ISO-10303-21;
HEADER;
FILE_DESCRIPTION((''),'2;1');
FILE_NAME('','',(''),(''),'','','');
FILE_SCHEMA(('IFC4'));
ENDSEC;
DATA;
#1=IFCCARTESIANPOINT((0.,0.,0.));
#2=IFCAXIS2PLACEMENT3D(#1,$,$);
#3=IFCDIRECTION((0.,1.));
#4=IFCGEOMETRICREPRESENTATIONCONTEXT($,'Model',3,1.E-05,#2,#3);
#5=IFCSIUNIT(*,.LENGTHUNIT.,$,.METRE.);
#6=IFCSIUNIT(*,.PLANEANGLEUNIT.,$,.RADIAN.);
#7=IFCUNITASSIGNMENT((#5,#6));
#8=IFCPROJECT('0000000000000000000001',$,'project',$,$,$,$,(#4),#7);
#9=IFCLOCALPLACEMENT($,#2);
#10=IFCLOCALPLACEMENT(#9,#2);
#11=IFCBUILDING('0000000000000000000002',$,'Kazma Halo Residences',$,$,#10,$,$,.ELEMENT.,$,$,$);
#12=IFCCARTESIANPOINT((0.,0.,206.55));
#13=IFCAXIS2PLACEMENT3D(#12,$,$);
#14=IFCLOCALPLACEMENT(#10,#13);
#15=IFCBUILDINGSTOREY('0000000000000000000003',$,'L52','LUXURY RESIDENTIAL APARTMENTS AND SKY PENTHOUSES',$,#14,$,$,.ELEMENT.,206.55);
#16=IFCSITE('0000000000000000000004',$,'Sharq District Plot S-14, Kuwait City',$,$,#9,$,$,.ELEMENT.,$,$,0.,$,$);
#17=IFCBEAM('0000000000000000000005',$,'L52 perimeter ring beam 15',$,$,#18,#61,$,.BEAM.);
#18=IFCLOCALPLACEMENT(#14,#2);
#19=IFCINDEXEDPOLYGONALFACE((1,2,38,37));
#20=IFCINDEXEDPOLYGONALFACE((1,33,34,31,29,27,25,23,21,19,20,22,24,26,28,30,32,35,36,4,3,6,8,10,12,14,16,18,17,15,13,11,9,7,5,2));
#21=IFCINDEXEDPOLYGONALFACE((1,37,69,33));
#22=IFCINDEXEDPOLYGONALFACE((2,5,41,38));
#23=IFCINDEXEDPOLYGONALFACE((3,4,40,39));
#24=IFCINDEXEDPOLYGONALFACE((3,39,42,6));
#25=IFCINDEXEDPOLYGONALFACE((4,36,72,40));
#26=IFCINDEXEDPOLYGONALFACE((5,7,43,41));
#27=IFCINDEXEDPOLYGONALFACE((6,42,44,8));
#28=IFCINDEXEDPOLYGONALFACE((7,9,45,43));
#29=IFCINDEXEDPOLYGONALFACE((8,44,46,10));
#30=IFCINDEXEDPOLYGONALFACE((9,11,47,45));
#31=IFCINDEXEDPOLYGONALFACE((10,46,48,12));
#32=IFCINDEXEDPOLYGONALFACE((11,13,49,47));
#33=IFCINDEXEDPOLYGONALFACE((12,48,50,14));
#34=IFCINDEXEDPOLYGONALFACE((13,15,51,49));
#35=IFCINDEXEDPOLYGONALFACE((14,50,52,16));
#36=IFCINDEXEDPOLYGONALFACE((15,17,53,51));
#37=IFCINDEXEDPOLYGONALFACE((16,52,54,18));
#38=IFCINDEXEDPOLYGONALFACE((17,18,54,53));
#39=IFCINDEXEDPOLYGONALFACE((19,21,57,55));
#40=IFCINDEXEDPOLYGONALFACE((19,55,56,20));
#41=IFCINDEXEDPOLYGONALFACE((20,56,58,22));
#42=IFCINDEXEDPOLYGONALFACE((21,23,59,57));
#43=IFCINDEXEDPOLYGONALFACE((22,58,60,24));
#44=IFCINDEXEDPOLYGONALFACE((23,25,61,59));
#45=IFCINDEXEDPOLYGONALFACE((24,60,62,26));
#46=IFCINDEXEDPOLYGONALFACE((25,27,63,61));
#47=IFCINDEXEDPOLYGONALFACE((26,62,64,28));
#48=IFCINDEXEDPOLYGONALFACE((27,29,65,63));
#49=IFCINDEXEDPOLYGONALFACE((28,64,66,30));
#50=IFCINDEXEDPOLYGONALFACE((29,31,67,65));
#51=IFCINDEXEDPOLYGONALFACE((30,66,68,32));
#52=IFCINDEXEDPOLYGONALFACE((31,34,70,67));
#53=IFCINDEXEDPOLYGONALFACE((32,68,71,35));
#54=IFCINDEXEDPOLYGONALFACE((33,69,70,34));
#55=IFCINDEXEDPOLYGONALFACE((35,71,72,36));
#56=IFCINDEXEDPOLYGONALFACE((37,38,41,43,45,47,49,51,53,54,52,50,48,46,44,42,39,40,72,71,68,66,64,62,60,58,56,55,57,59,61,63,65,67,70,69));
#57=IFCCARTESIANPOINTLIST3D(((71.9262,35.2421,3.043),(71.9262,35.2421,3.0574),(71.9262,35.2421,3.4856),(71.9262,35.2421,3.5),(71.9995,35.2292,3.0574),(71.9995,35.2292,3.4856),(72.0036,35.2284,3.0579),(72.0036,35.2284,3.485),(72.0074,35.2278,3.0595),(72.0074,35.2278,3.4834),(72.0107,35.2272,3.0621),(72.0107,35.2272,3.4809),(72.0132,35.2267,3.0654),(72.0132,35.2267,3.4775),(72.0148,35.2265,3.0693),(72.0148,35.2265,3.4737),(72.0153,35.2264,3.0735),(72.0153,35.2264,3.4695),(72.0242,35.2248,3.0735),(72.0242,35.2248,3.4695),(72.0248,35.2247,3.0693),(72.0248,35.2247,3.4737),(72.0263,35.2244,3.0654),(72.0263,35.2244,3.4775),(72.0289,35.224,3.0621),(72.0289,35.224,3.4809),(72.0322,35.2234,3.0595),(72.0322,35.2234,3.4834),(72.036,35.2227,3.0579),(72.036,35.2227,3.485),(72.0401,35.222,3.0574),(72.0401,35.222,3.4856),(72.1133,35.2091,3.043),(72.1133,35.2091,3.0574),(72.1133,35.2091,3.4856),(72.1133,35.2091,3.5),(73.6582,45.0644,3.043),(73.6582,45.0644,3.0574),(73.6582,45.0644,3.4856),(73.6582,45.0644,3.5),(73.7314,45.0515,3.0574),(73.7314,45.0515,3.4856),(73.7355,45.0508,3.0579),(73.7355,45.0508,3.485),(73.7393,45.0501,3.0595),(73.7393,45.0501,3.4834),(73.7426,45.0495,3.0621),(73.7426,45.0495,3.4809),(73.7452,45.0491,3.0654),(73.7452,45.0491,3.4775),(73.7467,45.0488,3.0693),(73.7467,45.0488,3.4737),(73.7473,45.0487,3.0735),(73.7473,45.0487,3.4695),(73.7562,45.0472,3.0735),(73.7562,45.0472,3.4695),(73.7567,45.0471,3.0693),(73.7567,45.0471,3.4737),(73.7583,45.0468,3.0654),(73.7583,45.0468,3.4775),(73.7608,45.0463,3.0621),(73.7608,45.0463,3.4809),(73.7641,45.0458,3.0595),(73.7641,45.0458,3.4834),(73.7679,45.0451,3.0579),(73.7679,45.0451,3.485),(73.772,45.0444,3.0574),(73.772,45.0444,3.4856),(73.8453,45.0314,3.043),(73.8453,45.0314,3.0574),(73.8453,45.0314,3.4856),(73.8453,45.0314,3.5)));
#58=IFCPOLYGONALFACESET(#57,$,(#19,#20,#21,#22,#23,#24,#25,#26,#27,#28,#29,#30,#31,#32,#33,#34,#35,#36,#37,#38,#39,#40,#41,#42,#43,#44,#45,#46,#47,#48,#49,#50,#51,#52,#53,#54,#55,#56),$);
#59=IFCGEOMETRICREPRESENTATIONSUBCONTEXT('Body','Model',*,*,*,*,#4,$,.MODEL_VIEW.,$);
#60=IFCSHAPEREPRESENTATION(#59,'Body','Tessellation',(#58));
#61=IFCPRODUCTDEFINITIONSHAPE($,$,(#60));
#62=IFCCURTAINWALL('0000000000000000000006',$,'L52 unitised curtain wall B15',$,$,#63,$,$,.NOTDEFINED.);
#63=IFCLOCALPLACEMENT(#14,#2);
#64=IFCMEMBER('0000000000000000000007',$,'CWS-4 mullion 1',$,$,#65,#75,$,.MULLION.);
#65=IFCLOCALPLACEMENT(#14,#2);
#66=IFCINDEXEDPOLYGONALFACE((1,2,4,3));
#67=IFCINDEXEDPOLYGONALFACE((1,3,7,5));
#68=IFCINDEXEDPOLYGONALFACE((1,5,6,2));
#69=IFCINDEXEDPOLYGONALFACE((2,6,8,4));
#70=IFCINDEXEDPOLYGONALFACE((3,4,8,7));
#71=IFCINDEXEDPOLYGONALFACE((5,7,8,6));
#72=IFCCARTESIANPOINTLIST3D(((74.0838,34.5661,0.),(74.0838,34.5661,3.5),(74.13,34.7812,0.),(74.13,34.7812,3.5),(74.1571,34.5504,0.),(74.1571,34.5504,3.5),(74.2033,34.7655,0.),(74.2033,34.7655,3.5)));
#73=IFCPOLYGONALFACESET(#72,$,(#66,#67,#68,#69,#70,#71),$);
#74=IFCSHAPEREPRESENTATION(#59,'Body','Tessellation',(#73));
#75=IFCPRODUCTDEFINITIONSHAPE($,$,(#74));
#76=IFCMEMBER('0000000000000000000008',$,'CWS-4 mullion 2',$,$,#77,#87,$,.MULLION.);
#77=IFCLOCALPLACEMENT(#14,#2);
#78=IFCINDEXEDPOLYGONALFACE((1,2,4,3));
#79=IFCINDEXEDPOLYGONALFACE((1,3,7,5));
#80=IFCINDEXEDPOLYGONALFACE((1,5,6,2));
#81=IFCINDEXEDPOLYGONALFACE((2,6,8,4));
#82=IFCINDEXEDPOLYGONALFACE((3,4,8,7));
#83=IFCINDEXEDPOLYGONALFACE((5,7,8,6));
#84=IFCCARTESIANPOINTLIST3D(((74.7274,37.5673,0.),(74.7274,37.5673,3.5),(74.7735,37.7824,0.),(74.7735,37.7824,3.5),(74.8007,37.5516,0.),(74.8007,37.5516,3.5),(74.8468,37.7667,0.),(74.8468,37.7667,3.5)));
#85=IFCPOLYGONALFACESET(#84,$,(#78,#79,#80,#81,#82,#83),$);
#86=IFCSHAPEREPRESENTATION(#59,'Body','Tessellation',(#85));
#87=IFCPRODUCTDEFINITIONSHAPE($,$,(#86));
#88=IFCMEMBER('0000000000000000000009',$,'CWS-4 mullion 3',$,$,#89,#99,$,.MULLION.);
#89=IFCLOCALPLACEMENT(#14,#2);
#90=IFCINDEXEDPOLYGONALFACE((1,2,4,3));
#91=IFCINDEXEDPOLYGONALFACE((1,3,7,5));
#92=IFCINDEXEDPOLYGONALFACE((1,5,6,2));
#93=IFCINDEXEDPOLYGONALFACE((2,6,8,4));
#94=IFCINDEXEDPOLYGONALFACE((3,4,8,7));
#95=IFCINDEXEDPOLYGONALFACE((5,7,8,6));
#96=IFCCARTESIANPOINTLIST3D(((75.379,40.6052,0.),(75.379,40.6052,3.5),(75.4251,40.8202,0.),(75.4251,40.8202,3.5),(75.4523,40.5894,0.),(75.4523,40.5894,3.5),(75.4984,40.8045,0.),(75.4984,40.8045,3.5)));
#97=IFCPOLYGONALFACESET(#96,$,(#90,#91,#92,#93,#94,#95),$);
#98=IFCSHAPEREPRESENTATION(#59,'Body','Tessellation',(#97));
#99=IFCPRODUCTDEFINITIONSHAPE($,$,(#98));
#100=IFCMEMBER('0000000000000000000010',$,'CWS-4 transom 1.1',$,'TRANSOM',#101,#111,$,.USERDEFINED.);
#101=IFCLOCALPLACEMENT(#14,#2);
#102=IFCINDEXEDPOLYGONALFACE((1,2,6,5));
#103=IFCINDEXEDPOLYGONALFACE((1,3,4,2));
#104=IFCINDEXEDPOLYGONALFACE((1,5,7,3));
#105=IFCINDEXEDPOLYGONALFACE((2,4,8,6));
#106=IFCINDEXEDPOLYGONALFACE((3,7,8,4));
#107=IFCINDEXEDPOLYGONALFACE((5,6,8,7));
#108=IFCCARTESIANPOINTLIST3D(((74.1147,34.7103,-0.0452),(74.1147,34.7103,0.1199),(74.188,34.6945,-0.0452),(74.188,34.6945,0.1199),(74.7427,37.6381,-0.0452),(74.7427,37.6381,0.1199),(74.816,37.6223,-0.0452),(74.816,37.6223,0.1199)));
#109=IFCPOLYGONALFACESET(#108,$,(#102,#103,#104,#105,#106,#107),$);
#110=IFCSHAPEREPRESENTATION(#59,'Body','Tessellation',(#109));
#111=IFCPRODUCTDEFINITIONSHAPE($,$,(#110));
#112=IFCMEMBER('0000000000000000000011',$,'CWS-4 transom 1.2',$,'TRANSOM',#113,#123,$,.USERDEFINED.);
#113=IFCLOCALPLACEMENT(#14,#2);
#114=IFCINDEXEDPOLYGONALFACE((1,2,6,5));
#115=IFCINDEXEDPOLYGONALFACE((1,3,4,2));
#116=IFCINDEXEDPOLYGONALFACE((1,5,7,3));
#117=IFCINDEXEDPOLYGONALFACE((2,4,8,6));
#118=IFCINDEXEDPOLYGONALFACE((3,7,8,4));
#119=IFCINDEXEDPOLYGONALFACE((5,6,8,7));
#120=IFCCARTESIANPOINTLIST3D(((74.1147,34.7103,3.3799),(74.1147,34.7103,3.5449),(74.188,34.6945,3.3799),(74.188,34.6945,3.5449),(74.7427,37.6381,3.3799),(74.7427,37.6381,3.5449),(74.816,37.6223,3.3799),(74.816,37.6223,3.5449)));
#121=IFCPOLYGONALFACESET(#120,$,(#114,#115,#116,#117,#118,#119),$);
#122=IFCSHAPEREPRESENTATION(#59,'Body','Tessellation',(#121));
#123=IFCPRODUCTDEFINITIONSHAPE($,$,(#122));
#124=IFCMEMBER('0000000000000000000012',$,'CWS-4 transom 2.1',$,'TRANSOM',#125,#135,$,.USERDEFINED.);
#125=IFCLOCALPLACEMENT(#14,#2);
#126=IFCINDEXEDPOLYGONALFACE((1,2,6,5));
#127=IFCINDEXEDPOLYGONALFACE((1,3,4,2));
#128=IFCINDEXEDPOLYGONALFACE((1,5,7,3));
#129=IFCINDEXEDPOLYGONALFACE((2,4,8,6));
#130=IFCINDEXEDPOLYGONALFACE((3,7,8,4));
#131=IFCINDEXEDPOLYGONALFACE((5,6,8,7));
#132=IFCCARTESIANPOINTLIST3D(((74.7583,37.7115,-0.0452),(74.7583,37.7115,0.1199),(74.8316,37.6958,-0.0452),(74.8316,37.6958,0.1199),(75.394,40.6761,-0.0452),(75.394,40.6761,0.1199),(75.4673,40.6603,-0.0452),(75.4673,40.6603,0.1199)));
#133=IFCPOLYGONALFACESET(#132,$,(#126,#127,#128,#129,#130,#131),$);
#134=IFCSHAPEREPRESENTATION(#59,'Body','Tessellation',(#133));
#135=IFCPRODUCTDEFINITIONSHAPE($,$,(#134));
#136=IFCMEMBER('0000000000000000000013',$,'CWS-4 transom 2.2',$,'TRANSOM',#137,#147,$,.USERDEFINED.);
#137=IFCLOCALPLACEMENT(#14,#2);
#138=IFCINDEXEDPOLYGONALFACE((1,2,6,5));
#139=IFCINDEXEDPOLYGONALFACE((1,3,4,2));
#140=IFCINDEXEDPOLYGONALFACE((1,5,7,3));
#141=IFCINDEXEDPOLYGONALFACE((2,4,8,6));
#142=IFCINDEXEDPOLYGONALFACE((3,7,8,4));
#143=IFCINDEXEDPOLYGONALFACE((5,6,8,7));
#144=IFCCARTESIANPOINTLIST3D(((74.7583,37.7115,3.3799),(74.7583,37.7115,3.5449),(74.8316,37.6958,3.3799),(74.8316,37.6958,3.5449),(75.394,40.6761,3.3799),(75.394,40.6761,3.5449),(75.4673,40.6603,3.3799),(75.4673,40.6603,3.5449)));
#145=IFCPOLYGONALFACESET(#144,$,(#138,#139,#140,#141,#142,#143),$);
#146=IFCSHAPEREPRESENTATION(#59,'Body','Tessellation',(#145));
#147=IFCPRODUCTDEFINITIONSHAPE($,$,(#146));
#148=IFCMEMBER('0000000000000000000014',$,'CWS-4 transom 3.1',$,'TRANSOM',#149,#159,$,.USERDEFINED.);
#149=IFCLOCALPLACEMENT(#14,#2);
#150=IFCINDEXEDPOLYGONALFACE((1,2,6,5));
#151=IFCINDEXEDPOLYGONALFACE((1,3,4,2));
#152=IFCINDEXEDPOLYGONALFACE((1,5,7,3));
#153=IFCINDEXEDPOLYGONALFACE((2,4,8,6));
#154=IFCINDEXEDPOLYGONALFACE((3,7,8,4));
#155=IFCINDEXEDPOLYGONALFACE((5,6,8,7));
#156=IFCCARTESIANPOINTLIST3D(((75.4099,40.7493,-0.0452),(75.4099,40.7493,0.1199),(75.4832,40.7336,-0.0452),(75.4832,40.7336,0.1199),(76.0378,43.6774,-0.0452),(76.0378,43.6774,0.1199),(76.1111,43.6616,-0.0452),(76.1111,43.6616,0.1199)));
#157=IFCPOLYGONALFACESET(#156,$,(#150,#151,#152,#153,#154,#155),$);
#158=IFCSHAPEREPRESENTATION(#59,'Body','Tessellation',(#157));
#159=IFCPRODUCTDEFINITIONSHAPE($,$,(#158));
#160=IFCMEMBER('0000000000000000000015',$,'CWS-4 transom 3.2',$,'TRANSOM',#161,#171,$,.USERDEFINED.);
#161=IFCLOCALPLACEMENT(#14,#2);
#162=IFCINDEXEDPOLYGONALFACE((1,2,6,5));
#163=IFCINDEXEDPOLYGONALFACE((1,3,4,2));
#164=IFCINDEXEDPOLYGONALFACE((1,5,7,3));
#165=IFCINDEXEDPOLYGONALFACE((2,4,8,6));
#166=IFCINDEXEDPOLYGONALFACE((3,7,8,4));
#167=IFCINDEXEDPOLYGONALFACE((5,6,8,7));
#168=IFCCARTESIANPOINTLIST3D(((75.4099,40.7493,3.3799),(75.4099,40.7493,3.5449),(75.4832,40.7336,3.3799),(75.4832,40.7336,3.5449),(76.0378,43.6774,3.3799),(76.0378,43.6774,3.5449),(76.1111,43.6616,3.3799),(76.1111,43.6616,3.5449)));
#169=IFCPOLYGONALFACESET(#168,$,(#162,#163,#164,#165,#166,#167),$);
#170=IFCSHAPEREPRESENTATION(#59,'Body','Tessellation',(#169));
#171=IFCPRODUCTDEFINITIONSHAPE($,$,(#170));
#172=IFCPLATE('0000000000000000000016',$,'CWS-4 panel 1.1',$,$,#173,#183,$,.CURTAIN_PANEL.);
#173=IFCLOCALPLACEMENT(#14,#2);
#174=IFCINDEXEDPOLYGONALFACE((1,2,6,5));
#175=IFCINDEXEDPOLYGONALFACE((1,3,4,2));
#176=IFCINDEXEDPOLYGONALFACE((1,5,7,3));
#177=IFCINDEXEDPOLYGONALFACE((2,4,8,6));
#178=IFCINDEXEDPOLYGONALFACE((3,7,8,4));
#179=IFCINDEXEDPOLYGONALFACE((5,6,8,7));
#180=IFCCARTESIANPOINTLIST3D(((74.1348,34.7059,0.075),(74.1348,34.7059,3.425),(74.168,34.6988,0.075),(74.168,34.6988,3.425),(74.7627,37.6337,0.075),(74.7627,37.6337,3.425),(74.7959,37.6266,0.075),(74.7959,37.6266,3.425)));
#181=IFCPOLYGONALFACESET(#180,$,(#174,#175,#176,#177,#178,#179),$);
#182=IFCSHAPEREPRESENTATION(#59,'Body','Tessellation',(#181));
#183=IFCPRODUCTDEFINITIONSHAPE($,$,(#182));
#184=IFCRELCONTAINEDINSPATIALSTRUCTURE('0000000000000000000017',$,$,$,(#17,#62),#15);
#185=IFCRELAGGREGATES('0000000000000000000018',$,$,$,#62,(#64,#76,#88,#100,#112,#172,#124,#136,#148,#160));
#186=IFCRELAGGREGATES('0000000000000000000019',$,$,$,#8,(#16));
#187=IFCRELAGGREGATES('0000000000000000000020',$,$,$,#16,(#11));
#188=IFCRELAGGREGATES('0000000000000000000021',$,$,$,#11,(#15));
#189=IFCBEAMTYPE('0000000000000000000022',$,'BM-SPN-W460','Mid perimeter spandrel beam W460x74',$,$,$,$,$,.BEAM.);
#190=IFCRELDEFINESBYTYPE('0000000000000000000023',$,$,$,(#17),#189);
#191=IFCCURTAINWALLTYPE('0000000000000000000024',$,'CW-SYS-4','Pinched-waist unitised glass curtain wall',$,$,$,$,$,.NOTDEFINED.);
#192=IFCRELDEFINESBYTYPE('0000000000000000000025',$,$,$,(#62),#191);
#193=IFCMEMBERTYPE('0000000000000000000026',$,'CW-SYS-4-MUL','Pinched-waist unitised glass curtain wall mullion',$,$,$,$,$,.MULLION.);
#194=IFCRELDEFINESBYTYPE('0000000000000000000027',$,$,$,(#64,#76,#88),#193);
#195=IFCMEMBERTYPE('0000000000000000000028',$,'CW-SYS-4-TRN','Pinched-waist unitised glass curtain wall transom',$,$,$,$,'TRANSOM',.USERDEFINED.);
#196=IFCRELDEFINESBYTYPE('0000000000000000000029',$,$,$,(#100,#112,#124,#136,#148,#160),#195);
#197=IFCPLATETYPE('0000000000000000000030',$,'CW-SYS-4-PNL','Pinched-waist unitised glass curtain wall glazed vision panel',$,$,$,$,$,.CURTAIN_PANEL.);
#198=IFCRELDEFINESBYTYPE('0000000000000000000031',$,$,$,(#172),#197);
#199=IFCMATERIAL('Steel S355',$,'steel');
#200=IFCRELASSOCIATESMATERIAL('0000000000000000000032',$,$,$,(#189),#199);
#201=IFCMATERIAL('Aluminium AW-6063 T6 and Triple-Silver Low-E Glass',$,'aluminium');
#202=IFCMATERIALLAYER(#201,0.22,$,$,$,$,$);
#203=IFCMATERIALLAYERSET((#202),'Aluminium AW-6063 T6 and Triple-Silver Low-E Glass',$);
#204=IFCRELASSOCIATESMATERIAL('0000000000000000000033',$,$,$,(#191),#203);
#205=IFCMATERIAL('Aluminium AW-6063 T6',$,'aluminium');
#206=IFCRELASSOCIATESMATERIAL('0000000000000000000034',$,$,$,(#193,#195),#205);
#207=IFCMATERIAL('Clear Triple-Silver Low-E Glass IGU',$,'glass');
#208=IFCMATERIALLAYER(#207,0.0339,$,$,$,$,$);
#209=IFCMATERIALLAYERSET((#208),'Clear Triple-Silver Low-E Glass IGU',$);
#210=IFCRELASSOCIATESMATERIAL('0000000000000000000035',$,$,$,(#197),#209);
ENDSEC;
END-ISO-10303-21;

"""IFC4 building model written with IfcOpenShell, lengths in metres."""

from ifc_helpers import new_model, si_unit, direction, frame, origin, origin_2d, place, context, subcontext, project, spatial, rectangle, i_section, extrude, material, layer, layer_set, material_profile, profile_set, type_object, element, aggregate, save


model = new_model("IFC4")

# Units and contexts
model_context = context("Model", 3, precision=1e-05, world=origin(), true_north=direction((0.0, 1.0)))
body_context = subcontext(model_context, "Body", "Model", "MODEL_VIEW")
ifc_project = project(units=[si_unit("LENGTHUNIT", "METRE"), si_unit("PLANEANGLEUNIT", "RADIAN")], contexts=[model_context])

# Site, building, storey
site_placement = place(None, origin())
site = spatial("IfcSite", under=ifc_project, at=site_placement, Name="Sharq District Plot S-14, Kuwait City", CompositionType="ELEMENT", RefElevation=0.0)
building_placement = place(site_placement, origin())
building = spatial("IfcBuilding", under=site, at=building_placement, Name="Kazma Halo Residences", CompositionType="ELEMENT")
storey_placement = place(building_placement, frame((0.0, 0.0, 206.55)))
storey = spatial("IfcBuildingStorey", under=building, at=storey_placement, Name="L52", Description="LUXURY RESIDENTIAL APARTMENTS AND SKY PENTHOUSES", CompositionType="ELEMENT", Elevation=206.55)

# Beam
ifc_material_1 = material(Name="Steel S355", Category="steel")
ifc_material_profile_1 = material_profile(ifc_material_1, i_section(OverallWidth=0.1899, OverallDepth=0.457, WebThickness=0.009, FlangeThickness=0.0144, FilletRadius=0.0161, at=origin_2d()), Name="W460x74")
ifc_profile_set_1 = profile_set([ifc_material_profile_1], Name="Steel S355")
beam_type_1 = type_object("IfcBeamType", Name="BM-SPN-W460", Description="Mid perimeter spandrel beam W460x74", PredefinedType="BEAM", material=ifc_profile_set_1)
beam_1_placement = place(storey_placement, frame((72.0198, 35.2256, 3.2715), z_axis=(0.173648, 0.984808, 0.0), x_axis=(-0.984808, 0.173648, 0.0)))
element("IfcBeam", 1, at=beam_1_placement, inside=storey, type_object=beam_type_1, Name="L52 perimeter ring beam 15", PredefinedType="BEAM", context=body_context, shape_type="SweptSolid", body=[
    extrude(i_section(OverallWidth=0.1899, OverallDepth=0.457, WebThickness=0.009, FlangeThickness=0.0144, FilletRadius=0.0161, at=origin_2d()), origin(), (0.0, 0.0, 1.0), 9.9739),
])

# Curtain wall, members, plate
ifc_material_2 = material(Name="Aluminium AW-6063 T6 and Triple-Silver Low-E Glass", Category="aluminium")
ifc_layer_1 = layer(ifc_material_2, 0.22)
ifc_layer_set_1 = layer_set([ifc_layer_1], Name="Aluminium AW-6063 T6 and Triple-Silver Low-E Glass")
curtain_wall_type = type_object("IfcCurtainWallType", Name="CW-SYS-4", Description="Pinched-waist unitised glass curtain wall", PredefinedType="NOTDEFINED", material=ifc_layer_set_1)
curtain_wall_placement = place(storey_placement, origin())
curtain_wall = element("IfcCurtainWall", 2, at=curtain_wall_placement, inside=storey, type_object=curtain_wall_type, Name="L52 unitised curtain wall B15", PredefinedType="NOTDEFINED")
ifc_material_3 = material(Name="Aluminium AW-6063 T6", Category="aluminium")
ifc_material_profile_2 = material_profile(ifc_material_3, rectangle(XDim=0.075, YDim=0.22, at=origin_2d()), Name="CWM-75x220")
ifc_profile_set_2 = profile_set([ifc_material_profile_2], Name="Aluminium AW-6063 T6")
member_type_1 = type_object("IfcMemberType", Name="CW-SYS-4-MUL", Description="Pinched-waist unitised glass curtain wall mullion", PredefinedType="MULLION", material=ifc_profile_set_2)
member_1_placement = place(storey_placement, frame((74.1436, 34.6658, 0.0), z_axis=(0.0, 0.0, 1.0), x_axis=(-0.977768, 0.20969, 0.0)))
member_1 = element("IfcMember", 3, at=member_1_placement, type_object=member_type_1, Name="CWS-4 mullion 1", PredefinedType="MULLION", context=body_context, shape_type="SweptSolid", body=[
    extrude(rectangle(XDim=0.075, YDim=0.22, at=origin_2d()), origin(), (0.0, 0.0, 1.0), 3.5),
])
member_2_placement = place(storey_placement, frame((74.7871, 37.667, 0.0), z_axis=(0.0, 0.0, 1.0), x_axis=(-0.977768, 0.20969, 0.0)))
member_2 = element("IfcMember", 4, at=member_2_placement, type_object=member_type_1, Name="CWS-4 mullion 2", PredefinedType="MULLION", context=body_context, shape_type="SweptSolid", body=[
    extrude(rectangle(XDim=0.075, YDim=0.22, at=origin_2d()), origin(), (0.0, 0.0, 1.0), 3.5),
])
member_3_placement = place(storey_placement, frame((75.4387, 40.7048, 0.0), z_axis=(0.0, 0.0, 1.0), x_axis=(-0.977768, 0.20969, 0.0)))
member_3 = element("IfcMember", 5, at=member_3_placement, type_object=member_type_1, Name="CWS-4 mullion 3", PredefinedType="MULLION", context=body_context, shape_type="SweptSolid", body=[
    extrude(rectangle(XDim=0.075, YDim=0.22, at=origin_2d()), origin(), (0.0, 0.0, 1.0), 3.5),
])
ifc_material_profile_3 = material_profile(ifc_material_3, rectangle(XDim=0.075, YDim=0.165, at=origin_2d()), Name="CWT-75x165")
ifc_profile_set_3 = profile_set([ifc_material_profile_3], Name="Aluminium AW-6063 T6")
member_type_2 = type_object("IfcMemberType", Name="CW-SYS-4-TRN", Description="Pinched-waist unitised glass curtain wall transom", ElementType="TRANSOM", PredefinedType="USERDEFINED", material=ifc_profile_set_3)
member_4_placement = place(storey_placement, frame((74.1514, 34.7024, 0.0374), z_axis=(0.209707, 0.977764, 0.0), x_axis=(-0.977764, 0.209707, 0.0)))
member_4 = element("IfcMember", 6, at=member_4_placement, type_object=member_type_2, Name="CWS-4 transom 1.1", ObjectType="TRANSOM", PredefinedType="USERDEFINED", context=body_context, shape_type="SweptSolid", body=[
    extrude(rectangle(XDim=0.075, YDim=0.165, at=origin_2d()), origin(), (0.0, 0.0, 1.0), 2.9944),
])
member_5_placement = place(storey_placement, frame((74.1514, 34.7024, 3.4624), z_axis=(0.209707, 0.977764, 0.0), x_axis=(-0.977764, 0.209707, 0.0)))
member_5 = element("IfcMember", 7, at=member_5_placement, type_object=member_type_2, Name="CWS-4 transom 1.2", ObjectType="TRANSOM", PredefinedType="USERDEFINED", context=body_context, shape_type="SweptSolid", body=[
    extrude(rectangle(XDim=0.075, YDim=0.165, at=origin_2d()), origin(), (0.0, 0.0, 1.0), 2.9944),
])
member_6_placement = place(storey_placement, frame((74.7949, 37.7036, 0.0374), z_axis=(0.209678, 0.977771, 0.0), x_axis=(-0.977771, 0.209678, 0.0)))
member_6 = element("IfcMember", 8, at=member_6_placement, type_object=member_type_2, Name="CWS-4 transom 2.1", ObjectType="TRANSOM", PredefinedType="USERDEFINED", context=body_context, shape_type="SweptSolid", body=[
    extrude(rectangle(XDim=0.075, YDim=0.165, at=origin_2d()), origin(), (0.0, 0.0, 1.0), 3.032),
])
member_7_placement = place(storey_placement, frame((74.7949, 37.7036, 3.4624), z_axis=(0.209678, 0.977771, 0.0), x_axis=(-0.977771, 0.209678, 0.0)))
member_7 = element("IfcMember", 9, at=member_7_placement, type_object=member_type_2, Name="CWS-4 transom 2.2", ObjectType="TRANSOM", PredefinedType="USERDEFINED", context=body_context, shape_type="SweptSolid", body=[
    extrude(rectangle(XDim=0.075, YDim=0.165, at=origin_2d()), origin(), (0.0, 0.0, 1.0), 3.032),
])
member_8_placement = place(storey_placement, frame((75.4465, 40.7415, 0.0374), z_axis=(0.209691, 0.977768, 0.0), x_axis=(-0.977768, 0.209691, 0.0)))
member_8 = element("IfcMember", 10, at=member_8_placement, type_object=member_type_2, Name="CWS-4 transom 3.1", ObjectType="TRANSOM", PredefinedType="USERDEFINED", context=body_context, shape_type="SweptSolid", body=[
    extrude(rectangle(XDim=0.075, YDim=0.165, at=origin_2d()), origin(), (0.0, 0.0, 1.0), 2.9946),
])
member_9_placement = place(storey_placement, frame((75.4465, 40.7415, 3.4624), z_axis=(0.209691, 0.977768, 0.0), x_axis=(-0.977768, 0.209691, 0.0)))
member_9 = element("IfcMember", 11, at=member_9_placement, type_object=member_type_2, Name="CWS-4 transom 3.2", ObjectType="TRANSOM", PredefinedType="USERDEFINED", context=body_context, shape_type="SweptSolid", body=[
    extrude(rectangle(XDim=0.075, YDim=0.165, at=origin_2d()), origin(), (0.0, 0.0, 1.0), 2.9946),
])
ifc_material_4 = material(Name="Clear Triple-Silver Low-E Glass IGU", Category="glass")
ifc_layer_2 = layer(ifc_material_4, 0.0339)
ifc_layer_set_2 = layer_set([ifc_layer_2], Name="Clear Triple-Silver Low-E Glass IGU")
plate_type = type_object("IfcPlateType", Name="CW-SYS-4-PNL", Description="Pinched-waist unitised glass curtain wall glazed vision panel", PredefinedType="CURTAIN_PANEL", material=ifc_layer_set_2)
plate_1_placement = place(storey_placement, frame((74.4653, 36.1663, 0.075), z_axis=(0.0, 0.0, 1.0), x_axis=(0.20969, 0.977768, 0.0)))
plate_1 = element("IfcPlate", 12, at=plate_1_placement, type_object=plate_type, Name="CWS-4 panel 1.1", PredefinedType="CURTAIN_PANEL", context=body_context, shape_type="SweptSolid", body=[
    extrude(rectangle(XDim=2.9944, YDim=0.0339, at=origin_2d()), origin(), (0.0, 0.0, 1.0), 3.3501),
])
aggregate(curtain_wall, [member_1, member_2, member_3, member_4, member_5, plate_1, member_6, member_7, member_8, member_9])

save(model, "model.ifc")
